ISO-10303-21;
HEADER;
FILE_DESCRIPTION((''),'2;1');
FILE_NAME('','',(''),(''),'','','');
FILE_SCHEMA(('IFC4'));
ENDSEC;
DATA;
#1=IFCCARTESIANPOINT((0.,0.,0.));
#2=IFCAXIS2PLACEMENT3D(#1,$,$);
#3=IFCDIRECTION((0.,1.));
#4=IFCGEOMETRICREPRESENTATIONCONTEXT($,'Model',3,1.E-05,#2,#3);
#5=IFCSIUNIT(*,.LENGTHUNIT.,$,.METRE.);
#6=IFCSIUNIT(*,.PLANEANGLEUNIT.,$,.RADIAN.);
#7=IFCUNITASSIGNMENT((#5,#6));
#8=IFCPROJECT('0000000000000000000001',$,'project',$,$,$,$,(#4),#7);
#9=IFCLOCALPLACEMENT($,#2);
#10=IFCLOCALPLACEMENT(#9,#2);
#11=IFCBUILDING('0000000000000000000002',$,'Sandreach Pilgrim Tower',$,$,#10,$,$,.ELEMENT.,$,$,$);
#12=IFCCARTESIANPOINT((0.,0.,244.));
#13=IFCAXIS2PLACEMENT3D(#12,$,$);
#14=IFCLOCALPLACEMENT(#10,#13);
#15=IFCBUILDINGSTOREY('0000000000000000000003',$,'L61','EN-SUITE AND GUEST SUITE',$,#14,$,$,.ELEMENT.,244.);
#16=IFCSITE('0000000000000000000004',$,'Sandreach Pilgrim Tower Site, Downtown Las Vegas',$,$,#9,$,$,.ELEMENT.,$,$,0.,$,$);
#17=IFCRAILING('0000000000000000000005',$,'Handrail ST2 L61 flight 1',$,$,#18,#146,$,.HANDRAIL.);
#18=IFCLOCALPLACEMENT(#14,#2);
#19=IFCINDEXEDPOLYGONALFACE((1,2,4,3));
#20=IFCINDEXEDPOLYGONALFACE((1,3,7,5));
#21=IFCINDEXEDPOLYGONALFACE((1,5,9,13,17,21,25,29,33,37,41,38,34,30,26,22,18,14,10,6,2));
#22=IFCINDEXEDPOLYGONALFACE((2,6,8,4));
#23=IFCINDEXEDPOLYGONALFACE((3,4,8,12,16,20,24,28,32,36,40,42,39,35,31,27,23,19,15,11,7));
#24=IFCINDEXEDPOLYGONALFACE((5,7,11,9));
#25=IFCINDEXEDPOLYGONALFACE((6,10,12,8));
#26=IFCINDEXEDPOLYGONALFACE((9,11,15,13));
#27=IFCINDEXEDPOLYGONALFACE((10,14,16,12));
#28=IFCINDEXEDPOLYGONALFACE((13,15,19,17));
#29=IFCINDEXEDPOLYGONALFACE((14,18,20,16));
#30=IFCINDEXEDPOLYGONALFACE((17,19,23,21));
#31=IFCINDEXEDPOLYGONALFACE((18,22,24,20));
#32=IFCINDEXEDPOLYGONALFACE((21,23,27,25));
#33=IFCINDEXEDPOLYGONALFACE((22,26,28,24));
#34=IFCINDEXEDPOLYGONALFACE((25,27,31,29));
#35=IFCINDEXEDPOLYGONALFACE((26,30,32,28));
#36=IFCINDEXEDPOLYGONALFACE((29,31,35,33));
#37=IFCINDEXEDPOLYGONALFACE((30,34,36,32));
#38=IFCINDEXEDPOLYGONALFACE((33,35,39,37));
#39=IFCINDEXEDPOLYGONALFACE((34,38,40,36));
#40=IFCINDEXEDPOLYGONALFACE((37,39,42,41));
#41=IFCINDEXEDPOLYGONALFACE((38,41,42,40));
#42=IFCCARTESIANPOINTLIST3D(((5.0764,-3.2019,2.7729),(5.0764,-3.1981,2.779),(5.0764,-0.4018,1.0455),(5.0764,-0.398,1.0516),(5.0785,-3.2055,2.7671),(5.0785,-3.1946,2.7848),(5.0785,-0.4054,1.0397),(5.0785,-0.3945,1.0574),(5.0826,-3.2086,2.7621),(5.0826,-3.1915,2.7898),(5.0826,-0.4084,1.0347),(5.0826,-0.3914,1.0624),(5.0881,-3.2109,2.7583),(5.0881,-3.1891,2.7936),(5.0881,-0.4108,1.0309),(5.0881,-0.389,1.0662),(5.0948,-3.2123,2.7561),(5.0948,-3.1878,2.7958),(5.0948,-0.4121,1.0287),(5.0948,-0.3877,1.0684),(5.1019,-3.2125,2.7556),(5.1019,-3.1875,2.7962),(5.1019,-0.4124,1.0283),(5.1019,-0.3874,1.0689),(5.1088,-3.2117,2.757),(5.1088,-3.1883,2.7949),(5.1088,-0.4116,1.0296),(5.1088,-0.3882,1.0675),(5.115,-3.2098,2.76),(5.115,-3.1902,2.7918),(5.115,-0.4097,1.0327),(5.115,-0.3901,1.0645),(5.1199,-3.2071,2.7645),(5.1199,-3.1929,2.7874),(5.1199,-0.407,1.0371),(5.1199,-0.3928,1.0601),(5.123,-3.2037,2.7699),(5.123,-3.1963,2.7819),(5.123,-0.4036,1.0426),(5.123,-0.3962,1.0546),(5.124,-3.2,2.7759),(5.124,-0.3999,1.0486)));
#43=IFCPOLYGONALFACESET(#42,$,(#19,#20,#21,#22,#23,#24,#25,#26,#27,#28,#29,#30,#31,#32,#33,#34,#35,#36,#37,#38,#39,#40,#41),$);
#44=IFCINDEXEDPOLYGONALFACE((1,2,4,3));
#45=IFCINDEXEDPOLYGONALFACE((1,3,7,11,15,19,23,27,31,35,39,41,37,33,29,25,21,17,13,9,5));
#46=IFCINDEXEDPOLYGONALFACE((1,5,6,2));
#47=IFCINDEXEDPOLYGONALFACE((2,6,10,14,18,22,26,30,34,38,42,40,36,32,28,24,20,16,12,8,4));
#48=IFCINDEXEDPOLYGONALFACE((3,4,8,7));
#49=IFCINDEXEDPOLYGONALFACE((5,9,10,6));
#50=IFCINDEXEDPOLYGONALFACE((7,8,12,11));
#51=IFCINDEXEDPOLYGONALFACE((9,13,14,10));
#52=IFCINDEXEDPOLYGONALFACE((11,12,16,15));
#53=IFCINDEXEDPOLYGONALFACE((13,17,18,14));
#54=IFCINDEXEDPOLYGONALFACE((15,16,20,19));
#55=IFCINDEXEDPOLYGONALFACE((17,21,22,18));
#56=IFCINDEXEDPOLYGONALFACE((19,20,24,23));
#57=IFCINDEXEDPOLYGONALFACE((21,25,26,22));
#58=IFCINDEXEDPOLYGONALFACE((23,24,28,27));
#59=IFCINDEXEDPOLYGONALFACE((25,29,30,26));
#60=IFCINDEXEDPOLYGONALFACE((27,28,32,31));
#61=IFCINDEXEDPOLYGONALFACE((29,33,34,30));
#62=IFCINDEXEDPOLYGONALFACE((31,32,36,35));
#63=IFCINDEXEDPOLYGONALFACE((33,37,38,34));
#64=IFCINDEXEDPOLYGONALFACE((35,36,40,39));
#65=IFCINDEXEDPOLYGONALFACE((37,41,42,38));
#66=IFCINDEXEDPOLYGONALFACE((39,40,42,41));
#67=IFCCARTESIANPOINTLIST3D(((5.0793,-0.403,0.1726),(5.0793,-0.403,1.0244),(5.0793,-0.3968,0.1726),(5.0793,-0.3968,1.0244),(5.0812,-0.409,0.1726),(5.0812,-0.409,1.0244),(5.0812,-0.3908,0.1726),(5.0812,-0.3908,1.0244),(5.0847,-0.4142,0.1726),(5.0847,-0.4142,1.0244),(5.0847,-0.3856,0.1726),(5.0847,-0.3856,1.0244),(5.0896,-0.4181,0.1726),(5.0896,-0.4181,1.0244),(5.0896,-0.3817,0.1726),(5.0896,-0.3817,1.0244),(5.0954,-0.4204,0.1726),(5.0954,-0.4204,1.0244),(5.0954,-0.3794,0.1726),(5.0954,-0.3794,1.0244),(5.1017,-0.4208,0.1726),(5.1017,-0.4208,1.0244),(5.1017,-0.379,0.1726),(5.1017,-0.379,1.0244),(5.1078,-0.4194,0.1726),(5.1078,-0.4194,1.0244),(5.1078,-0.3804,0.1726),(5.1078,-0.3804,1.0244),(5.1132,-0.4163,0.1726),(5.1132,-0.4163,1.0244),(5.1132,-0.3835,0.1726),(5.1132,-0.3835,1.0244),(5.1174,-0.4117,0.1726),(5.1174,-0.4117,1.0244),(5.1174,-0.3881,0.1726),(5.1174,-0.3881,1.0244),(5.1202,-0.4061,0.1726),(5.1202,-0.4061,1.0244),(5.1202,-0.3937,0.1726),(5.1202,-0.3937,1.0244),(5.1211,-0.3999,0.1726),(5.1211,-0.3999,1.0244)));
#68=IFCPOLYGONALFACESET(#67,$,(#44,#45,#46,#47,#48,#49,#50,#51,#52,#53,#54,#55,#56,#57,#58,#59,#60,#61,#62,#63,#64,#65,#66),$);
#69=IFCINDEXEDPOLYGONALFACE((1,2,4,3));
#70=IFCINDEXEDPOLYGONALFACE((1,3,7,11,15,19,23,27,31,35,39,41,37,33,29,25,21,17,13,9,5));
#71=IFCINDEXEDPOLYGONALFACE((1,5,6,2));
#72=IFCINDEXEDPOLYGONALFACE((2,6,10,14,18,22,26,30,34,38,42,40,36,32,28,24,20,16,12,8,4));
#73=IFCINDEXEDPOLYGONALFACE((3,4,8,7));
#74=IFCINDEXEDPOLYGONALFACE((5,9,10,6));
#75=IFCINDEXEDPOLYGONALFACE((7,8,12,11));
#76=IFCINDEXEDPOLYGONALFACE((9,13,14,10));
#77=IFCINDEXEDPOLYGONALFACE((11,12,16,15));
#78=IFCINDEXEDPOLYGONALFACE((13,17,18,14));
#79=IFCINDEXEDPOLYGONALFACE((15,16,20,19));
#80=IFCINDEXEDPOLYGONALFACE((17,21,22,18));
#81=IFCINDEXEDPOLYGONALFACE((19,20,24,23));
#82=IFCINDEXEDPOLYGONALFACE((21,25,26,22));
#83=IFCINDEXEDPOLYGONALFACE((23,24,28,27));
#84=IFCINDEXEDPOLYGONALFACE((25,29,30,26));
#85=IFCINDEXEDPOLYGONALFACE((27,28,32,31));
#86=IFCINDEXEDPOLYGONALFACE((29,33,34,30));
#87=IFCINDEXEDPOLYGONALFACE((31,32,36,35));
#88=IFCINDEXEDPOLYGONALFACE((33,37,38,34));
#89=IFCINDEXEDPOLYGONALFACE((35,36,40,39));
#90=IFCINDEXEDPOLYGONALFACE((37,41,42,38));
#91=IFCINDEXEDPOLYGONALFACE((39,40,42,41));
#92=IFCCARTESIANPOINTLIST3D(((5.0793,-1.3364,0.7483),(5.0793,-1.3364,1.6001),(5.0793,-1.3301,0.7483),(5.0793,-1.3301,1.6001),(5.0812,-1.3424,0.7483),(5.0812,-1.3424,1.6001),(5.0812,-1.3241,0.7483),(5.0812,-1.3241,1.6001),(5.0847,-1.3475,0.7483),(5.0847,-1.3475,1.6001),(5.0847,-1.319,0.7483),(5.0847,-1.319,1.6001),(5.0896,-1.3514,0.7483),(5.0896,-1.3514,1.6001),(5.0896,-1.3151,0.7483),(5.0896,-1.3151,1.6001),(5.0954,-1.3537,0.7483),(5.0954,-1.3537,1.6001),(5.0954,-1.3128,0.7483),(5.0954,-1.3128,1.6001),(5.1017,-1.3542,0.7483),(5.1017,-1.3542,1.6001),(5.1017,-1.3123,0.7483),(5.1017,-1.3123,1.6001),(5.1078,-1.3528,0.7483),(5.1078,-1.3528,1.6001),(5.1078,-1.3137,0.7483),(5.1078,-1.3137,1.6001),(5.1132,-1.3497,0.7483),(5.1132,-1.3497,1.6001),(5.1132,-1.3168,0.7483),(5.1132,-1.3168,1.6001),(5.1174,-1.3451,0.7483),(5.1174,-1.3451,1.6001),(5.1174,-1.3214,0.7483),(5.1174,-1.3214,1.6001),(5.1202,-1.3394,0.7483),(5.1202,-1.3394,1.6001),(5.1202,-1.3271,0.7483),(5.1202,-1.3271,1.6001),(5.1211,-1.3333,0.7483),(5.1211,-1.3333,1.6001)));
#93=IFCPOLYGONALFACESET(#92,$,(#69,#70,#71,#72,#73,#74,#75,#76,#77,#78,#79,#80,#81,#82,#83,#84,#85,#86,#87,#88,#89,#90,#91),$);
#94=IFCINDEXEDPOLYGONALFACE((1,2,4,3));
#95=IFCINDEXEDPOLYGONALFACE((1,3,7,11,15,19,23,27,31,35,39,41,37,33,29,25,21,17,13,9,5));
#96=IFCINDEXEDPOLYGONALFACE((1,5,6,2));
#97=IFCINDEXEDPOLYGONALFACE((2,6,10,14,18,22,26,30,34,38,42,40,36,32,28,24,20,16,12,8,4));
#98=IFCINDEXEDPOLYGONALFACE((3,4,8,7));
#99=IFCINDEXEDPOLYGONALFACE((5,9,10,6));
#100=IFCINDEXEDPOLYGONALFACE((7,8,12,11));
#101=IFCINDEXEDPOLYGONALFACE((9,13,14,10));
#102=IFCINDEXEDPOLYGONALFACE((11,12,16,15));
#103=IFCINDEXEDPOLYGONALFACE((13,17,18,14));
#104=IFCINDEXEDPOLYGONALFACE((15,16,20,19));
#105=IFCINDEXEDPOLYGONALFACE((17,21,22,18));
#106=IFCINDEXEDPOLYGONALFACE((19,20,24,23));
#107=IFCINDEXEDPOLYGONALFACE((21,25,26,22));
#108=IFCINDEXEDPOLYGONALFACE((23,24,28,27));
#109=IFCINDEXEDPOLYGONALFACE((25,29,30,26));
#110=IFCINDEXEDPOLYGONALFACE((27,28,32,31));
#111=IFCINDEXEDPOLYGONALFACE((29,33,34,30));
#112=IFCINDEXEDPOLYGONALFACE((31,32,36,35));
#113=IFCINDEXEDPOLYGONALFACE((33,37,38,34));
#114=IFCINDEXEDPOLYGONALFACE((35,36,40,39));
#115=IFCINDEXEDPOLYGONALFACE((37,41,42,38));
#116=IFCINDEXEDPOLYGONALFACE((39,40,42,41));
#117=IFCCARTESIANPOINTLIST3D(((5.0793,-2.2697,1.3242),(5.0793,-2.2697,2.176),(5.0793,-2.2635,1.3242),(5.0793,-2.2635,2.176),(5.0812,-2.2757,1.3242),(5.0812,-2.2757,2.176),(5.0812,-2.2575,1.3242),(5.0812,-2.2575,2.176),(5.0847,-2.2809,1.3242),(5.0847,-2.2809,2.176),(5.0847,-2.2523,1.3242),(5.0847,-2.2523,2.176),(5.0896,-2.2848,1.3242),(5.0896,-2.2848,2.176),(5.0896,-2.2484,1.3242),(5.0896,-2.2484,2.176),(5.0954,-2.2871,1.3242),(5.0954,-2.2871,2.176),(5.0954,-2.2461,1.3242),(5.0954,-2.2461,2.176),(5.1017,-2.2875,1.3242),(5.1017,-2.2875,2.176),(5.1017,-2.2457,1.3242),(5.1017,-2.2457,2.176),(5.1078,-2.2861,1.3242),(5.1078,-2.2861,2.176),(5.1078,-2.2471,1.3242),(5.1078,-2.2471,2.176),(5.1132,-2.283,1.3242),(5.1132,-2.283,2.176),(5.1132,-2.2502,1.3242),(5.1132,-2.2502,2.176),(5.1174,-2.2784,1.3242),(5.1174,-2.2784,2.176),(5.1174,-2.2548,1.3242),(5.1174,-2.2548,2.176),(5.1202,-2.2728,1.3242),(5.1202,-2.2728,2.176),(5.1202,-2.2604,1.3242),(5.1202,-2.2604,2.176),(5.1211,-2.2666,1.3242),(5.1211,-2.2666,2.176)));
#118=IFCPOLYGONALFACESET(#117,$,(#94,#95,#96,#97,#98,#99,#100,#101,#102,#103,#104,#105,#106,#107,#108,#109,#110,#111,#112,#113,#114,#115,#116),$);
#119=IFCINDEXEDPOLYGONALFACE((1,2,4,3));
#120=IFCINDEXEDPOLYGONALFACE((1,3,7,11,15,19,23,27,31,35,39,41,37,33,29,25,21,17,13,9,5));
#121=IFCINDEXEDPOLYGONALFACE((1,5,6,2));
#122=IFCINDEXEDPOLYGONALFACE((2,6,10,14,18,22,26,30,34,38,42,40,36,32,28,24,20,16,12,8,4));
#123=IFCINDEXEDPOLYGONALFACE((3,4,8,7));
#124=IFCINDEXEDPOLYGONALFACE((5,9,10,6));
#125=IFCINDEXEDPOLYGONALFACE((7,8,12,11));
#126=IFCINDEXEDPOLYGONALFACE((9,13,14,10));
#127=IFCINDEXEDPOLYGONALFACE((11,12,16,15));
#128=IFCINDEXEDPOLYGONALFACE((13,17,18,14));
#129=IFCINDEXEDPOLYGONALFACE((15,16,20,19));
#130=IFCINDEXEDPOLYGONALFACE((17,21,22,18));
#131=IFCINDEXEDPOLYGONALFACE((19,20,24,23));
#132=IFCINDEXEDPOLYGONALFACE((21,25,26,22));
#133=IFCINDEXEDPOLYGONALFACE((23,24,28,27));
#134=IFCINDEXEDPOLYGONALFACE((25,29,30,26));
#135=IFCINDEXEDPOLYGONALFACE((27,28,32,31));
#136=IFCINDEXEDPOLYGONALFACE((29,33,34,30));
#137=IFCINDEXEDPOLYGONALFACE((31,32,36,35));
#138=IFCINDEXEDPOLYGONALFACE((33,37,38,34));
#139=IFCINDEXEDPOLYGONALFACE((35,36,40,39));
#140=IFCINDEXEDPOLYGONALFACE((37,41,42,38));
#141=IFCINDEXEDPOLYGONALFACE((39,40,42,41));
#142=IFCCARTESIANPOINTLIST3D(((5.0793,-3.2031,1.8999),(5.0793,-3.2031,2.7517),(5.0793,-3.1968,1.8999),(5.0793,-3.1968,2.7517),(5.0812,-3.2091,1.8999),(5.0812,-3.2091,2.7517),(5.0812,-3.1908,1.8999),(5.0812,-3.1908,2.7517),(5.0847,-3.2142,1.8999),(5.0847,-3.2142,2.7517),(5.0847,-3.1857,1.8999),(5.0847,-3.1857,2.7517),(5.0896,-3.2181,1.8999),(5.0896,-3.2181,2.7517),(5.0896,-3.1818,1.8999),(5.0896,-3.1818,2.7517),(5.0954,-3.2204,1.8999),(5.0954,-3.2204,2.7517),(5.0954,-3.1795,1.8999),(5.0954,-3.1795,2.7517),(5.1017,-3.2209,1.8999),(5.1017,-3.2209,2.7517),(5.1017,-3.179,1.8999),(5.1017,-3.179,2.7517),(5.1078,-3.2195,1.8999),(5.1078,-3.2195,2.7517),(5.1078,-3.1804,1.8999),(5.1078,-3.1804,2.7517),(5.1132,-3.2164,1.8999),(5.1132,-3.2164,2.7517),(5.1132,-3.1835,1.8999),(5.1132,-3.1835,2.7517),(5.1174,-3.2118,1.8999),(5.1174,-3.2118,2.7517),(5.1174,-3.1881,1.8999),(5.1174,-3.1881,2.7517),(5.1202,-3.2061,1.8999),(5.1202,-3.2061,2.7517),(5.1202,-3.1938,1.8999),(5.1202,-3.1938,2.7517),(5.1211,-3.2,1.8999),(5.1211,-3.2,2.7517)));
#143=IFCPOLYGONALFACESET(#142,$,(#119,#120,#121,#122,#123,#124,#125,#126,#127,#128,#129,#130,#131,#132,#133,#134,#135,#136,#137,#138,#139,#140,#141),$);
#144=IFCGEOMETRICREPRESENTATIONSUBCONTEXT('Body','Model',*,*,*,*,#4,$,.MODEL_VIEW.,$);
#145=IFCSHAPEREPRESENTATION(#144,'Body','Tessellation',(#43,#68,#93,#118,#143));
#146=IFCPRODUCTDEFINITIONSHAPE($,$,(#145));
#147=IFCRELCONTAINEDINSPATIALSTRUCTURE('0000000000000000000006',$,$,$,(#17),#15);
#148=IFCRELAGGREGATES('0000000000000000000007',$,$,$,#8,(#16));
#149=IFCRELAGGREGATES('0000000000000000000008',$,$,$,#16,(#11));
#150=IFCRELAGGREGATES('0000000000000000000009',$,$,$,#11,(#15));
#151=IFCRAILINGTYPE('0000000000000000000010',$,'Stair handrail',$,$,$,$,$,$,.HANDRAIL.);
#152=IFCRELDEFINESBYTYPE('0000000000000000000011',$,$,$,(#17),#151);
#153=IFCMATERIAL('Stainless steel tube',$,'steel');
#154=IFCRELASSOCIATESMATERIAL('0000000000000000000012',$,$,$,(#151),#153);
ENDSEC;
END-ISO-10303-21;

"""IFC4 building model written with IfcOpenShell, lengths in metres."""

from ifc_helpers import new_model, si_unit, direction, frame, origin, origin_2d, place, context, subcontext, project, spatial, circle, extrude, material, type_object, element, save


model = new_model("IFC4")

# Units and contexts
model_context = context("Model", 3, precision=1e-05, world=origin(), true_north=direction((0.0, 1.0)))
body_context = subcontext(model_context, "Body", "Model", "MODEL_VIEW")
ifc_project = project(units=[si_unit("LENGTHUNIT", "METRE"), si_unit("PLANEANGLEUNIT", "RADIAN")], contexts=[model_context])

# Site, building, storey
site_placement = place(None, origin())
site = spatial("IfcSite", under=ifc_project, at=site_placement, Name="Sandreach Pilgrim Tower Site, Downtown Las Vegas", CompositionType="ELEMENT", RefElevation=0.0)
building_placement = place(site_placement, origin())
building = spatial("IfcBuilding", under=site, at=building_placement, Name="Sandreach Pilgrim Tower", CompositionType="ELEMENT")
storey_placement = place(building_placement, frame((0.0, 0.0, 244.0)))
storey = spatial("IfcBuildingStorey", under=building, at=storey_placement, Name="L61", Description="EN-SUITE AND GUEST SUITE", CompositionType="ELEMENT", Elevation=244.0)

# Railing
ifc_material_1 = material(Name="Stainless steel tube", Category="steel")
railing_type = type_object("IfcRailingType", Name="Stair handrail", PredefinedType="HANDRAIL", material=ifc_material_1)
for number, where, name in (
    (1, (5.1001, -0.3999, 0.1726), "Handrail ST2 L61 flight 1"),
):
    element("IfcRailing", number, at=place(storey_placement, frame(where)), inside=storey, type_object=railing_type, Name=name, PredefinedType="HANDRAIL", context=body_context, shape_type="SweptSolid", body=[
        extrude(circle(Radius=0.0239, at=origin_2d()), frame((0.0, 0.0, 0.876), z_axis=(0.0, -0.85109, 0.52502), x_axis=(1.0, 0.0, 0.0)), (0.0, 0.0, 1.0), 3.29),
        extrude(circle(Radius=0.021, at=origin_2d()), origin(), (0.0, 0.0, 1.0), 0.8518),
        extrude(circle(Radius=0.021, at=origin_2d()), frame((0.0, -0.9333, 0.5757)), (0.0, 0.0, 1.0), 0.8518),
        extrude(circle(Radius=0.021, at=origin_2d()), frame((0.0, -1.8667, 1.1516)), (0.0, 0.0, 1.0), 0.8518),
        extrude(circle(Radius=0.021, at=origin_2d()), frame((0.0, -2.8, 1.7273)), (0.0, 0.0, 1.0), 0.8518),
    ])

save(model, "model.ifc")
